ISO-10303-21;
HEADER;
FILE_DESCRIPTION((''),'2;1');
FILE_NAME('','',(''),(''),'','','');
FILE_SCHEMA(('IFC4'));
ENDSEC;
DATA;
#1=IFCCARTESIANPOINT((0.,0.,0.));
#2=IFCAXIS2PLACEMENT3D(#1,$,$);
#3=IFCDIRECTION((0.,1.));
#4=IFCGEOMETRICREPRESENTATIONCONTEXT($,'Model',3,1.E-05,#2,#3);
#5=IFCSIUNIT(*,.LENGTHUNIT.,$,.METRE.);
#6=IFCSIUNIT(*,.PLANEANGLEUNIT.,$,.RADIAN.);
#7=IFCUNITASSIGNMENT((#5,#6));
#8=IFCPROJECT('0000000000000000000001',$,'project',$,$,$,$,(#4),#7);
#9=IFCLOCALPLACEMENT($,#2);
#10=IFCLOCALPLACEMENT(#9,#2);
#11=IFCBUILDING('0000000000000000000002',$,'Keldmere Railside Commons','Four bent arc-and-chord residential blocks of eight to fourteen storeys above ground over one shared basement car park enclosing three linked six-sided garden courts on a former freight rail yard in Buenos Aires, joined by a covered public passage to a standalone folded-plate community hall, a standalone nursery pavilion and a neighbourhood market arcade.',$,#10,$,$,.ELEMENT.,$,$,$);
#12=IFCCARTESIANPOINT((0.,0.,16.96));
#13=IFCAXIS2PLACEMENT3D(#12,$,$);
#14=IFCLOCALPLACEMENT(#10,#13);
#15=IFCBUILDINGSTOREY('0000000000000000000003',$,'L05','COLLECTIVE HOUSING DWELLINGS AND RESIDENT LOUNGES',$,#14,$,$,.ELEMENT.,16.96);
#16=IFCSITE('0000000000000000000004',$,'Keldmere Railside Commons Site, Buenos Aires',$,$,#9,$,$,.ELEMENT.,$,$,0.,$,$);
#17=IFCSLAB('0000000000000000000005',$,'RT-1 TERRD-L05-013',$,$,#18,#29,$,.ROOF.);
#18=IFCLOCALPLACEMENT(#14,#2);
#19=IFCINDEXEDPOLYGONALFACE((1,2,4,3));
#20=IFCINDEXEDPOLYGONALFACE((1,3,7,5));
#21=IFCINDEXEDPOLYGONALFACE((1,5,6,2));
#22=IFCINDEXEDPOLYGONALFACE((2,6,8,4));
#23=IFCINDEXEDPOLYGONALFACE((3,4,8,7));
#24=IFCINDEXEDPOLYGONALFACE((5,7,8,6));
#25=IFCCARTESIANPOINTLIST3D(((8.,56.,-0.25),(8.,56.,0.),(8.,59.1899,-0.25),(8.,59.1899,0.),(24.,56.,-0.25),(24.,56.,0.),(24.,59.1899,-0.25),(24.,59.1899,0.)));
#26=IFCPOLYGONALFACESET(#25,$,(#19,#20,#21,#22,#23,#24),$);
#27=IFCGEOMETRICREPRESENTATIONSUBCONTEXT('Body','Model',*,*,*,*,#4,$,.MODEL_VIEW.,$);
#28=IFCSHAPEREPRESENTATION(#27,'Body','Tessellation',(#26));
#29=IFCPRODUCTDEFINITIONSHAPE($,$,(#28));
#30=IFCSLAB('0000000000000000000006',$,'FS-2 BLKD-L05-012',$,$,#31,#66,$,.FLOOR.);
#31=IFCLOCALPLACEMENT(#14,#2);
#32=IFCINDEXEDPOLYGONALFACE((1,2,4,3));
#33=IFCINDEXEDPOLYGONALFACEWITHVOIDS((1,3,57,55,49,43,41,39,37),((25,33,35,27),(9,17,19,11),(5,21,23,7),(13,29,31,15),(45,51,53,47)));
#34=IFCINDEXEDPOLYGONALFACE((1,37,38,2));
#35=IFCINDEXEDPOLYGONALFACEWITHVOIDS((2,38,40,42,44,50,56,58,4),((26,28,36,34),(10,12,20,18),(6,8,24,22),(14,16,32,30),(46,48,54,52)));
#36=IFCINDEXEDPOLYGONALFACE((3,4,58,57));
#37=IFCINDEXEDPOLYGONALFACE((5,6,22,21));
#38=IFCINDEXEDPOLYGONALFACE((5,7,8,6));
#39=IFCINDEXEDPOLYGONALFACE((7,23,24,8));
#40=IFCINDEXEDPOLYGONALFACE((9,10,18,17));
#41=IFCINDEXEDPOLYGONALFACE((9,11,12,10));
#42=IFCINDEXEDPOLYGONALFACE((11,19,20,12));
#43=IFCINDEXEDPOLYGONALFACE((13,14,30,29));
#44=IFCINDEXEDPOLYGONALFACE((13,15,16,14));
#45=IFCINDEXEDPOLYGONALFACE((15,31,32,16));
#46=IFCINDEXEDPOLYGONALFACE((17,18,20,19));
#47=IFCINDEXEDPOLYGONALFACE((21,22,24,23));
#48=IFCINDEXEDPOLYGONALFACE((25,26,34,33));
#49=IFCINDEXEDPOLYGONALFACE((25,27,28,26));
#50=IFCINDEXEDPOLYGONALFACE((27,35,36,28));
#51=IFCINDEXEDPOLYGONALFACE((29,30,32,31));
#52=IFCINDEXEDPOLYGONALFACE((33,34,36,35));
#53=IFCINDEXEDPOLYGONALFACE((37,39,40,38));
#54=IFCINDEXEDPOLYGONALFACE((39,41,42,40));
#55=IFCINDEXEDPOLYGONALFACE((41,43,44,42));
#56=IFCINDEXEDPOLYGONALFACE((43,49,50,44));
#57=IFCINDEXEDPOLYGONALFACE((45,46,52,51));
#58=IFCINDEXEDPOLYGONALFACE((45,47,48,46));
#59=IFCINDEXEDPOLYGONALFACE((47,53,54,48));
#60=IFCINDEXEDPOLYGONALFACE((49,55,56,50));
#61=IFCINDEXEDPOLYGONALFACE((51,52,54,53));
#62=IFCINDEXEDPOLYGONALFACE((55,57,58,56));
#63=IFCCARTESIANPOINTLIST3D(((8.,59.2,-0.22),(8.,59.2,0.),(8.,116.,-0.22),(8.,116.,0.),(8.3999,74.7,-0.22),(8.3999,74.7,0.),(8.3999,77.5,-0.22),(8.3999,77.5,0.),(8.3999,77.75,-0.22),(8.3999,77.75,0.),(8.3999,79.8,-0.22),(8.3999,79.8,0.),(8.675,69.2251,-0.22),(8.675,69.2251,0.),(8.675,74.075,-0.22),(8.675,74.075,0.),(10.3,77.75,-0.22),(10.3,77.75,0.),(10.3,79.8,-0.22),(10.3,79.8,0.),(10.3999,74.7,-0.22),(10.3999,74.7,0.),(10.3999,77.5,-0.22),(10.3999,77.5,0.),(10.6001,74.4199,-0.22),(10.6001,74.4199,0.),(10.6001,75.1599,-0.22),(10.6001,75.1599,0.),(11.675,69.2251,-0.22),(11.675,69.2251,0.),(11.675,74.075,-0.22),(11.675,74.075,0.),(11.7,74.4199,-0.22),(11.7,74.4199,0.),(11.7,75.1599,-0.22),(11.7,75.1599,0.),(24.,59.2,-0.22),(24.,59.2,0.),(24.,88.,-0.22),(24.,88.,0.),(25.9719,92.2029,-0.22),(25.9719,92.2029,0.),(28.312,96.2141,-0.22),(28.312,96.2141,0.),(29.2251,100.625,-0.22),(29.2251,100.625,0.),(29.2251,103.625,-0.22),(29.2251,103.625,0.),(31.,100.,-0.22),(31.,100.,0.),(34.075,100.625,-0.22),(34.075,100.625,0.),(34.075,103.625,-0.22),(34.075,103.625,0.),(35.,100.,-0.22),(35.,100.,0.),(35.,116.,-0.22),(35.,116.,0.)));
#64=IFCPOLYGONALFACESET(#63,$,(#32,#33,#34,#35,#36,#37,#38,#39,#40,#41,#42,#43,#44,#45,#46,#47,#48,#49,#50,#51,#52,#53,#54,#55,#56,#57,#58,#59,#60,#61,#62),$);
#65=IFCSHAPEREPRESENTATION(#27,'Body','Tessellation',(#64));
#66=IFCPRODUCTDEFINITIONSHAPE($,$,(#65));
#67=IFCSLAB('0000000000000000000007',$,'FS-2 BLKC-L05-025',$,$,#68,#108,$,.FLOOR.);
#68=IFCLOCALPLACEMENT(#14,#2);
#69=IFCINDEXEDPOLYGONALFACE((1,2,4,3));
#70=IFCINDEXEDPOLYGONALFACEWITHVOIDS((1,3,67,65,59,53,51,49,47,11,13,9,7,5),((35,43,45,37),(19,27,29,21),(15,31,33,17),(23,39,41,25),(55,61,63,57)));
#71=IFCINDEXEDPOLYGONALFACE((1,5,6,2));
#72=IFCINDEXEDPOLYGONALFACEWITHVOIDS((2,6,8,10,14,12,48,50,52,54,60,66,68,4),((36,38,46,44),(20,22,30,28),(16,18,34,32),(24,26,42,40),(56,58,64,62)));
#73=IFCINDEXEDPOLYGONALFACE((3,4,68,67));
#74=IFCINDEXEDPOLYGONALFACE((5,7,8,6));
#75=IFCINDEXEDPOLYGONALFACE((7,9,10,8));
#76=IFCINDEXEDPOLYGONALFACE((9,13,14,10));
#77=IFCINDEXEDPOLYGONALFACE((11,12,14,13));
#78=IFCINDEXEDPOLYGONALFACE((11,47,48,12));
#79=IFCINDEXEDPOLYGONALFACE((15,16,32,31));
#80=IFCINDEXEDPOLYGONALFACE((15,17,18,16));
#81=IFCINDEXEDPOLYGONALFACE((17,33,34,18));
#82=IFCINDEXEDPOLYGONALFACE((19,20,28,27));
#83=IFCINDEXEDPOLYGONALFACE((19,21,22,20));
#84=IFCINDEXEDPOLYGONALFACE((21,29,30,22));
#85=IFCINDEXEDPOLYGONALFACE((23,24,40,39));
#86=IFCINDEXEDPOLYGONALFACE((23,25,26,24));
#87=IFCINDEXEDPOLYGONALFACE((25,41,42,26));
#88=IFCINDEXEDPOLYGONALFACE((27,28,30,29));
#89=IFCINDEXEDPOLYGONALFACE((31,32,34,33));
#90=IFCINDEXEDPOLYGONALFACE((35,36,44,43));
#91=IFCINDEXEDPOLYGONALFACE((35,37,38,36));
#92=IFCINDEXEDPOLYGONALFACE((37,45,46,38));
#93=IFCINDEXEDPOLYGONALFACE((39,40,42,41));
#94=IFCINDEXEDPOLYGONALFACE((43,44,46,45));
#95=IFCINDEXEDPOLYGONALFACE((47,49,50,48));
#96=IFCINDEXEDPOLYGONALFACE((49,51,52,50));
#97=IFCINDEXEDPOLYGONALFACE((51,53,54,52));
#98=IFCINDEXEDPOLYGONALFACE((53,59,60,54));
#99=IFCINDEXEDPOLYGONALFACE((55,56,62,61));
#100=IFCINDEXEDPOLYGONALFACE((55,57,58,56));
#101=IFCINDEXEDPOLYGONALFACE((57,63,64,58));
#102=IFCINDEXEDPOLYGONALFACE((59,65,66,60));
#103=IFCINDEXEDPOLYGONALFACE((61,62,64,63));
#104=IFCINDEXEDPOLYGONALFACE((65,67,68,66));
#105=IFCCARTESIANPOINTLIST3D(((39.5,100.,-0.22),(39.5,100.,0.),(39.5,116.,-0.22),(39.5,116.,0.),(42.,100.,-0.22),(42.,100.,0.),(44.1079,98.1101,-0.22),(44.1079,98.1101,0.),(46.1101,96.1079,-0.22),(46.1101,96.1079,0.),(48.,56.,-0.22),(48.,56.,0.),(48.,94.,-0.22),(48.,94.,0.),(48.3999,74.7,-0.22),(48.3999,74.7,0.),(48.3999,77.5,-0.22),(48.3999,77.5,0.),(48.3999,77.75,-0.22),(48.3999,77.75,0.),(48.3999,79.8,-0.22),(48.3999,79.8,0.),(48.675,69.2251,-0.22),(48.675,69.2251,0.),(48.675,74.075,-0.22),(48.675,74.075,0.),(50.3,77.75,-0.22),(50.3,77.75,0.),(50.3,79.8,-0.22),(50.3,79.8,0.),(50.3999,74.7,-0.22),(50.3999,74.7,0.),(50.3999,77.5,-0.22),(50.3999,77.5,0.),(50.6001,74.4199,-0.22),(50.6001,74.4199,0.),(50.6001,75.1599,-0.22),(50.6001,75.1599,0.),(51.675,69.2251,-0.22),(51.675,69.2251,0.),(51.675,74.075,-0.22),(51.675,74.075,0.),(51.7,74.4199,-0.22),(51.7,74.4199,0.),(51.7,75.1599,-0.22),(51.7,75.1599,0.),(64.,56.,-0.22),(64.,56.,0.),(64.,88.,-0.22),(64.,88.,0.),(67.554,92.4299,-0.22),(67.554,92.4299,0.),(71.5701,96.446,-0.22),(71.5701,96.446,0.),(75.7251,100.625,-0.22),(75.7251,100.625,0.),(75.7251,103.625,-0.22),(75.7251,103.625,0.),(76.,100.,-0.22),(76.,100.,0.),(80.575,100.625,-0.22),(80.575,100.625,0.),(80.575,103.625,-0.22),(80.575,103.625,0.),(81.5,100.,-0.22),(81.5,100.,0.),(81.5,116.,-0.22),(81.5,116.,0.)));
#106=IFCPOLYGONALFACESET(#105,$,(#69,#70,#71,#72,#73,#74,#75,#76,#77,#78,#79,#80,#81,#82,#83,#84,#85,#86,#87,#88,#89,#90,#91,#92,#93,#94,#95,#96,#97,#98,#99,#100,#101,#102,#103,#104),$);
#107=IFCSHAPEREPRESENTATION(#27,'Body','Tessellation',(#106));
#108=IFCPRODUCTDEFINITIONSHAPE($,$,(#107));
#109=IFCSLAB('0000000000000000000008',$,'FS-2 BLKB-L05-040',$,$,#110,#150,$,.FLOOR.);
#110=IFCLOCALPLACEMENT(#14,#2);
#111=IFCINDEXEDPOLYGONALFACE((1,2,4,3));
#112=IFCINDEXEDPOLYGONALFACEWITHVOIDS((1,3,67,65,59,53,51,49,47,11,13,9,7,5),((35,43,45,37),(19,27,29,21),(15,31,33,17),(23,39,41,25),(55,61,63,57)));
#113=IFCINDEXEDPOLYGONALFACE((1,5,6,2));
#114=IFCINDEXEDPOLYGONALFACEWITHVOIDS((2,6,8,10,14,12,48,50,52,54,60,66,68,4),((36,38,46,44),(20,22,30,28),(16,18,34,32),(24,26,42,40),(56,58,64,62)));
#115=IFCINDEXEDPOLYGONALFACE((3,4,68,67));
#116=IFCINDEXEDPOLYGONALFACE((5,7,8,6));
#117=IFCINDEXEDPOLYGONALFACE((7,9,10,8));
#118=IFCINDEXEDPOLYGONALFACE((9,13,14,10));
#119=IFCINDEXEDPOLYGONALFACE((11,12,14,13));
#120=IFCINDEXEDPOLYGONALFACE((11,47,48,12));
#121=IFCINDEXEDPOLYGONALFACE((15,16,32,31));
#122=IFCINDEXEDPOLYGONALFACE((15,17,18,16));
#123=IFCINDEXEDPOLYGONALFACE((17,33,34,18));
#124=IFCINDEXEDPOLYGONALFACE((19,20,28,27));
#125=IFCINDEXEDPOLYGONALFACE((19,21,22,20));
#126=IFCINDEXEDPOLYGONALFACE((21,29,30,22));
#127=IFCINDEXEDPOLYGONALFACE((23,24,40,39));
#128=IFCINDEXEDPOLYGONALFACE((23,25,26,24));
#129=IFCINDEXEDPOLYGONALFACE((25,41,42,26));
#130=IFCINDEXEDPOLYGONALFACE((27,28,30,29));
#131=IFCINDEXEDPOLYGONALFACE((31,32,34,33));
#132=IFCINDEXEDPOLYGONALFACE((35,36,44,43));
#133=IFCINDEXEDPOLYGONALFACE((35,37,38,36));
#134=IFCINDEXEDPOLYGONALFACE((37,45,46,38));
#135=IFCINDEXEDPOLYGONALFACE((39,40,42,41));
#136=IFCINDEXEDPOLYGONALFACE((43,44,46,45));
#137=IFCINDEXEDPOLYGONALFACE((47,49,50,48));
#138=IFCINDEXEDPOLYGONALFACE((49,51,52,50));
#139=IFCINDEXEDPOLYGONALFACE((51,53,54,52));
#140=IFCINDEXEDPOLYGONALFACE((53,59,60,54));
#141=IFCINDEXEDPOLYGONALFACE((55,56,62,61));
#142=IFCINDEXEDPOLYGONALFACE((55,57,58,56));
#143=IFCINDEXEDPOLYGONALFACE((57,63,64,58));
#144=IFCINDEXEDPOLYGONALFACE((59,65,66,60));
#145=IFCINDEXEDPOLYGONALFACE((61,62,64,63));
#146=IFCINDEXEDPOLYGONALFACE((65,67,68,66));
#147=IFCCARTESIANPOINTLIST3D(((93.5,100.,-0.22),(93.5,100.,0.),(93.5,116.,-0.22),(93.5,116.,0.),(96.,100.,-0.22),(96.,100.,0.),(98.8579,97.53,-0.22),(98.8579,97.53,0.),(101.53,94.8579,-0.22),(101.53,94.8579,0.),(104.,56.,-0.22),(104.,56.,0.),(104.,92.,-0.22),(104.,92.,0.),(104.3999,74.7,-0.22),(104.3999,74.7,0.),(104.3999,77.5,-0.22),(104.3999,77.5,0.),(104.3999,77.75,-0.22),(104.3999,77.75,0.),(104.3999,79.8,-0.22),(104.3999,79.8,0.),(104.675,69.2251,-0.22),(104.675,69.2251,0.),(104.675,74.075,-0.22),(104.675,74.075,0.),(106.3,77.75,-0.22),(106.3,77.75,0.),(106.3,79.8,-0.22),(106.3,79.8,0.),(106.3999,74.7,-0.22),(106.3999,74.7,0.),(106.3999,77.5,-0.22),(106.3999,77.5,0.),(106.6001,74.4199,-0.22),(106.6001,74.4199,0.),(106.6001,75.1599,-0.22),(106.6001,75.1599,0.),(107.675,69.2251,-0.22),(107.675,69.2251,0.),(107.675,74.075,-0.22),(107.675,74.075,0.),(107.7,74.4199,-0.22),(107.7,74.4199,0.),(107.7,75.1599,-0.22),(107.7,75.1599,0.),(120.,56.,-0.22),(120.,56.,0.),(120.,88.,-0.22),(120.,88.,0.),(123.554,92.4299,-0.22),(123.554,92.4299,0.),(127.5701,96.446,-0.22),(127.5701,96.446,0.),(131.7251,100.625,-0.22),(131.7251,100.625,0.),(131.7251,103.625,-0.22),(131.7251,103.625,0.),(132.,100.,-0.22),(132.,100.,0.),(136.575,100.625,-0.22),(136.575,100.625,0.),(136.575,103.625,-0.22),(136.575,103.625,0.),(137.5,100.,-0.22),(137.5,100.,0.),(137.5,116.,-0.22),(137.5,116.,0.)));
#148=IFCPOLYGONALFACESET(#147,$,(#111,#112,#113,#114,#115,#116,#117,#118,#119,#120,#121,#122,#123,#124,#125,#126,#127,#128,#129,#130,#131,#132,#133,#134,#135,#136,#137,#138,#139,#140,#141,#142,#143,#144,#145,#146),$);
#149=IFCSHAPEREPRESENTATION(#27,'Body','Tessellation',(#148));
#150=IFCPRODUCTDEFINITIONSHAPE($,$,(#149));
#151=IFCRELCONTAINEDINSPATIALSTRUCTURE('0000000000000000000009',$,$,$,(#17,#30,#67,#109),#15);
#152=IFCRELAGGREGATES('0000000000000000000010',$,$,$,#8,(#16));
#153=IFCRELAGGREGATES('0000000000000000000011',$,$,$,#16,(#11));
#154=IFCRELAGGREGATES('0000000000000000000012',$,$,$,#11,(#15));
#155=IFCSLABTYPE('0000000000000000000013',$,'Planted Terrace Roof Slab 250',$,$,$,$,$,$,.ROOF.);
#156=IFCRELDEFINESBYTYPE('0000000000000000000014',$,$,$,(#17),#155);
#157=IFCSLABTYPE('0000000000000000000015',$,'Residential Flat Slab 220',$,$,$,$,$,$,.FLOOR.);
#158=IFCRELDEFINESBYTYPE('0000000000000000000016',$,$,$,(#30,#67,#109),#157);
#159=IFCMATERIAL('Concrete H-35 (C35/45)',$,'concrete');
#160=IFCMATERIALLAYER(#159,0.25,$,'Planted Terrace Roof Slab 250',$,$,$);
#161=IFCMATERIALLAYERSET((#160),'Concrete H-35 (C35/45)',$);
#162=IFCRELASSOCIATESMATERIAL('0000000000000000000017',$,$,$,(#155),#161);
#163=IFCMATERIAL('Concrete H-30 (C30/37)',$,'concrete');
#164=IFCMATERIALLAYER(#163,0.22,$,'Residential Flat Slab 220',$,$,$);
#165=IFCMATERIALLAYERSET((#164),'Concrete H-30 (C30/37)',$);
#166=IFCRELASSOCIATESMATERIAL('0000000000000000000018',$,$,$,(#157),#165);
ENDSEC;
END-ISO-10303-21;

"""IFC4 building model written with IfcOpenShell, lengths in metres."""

from ifc_helpers import new_model, si_unit, direction, frame, origin, place, context, subcontext, project, spatial, polyline, outline, extrude, material, layer, layer_set, type_object, element, save


model = new_model("IFC4")

# Units and contexts
model_context = context("Model", 3, precision=1e-05, world=origin(), true_north=direction((0.0, 1.0)))
body_context = subcontext(model_context, "Body", "Model", "MODEL_VIEW")
ifc_project = project(units=[si_unit("LENGTHUNIT", "METRE"), si_unit("PLANEANGLEUNIT", "RADIAN")], contexts=[model_context])

# Site, building, storey
site_placement = place(None, origin())
site = spatial("IfcSite", under=ifc_project, at=site_placement, Name="Keldmere Railside Commons Site, Buenos Aires", CompositionType="ELEMENT", RefElevation=0.0)
building_placement = place(site_placement, origin())
building = spatial("IfcBuilding", under=site, at=building_placement, Name="Keldmere Railside Commons", Description="Four bent arc-and-chord residential blocks of eight to fourteen storeys above ground over one shared basement car park enclosing three linked six-sided garden courts on a former freight rail yard in Buenos Aires, joined by a covered public passage to a standalone folded-plate community hall, a standalone nursery pavilion and a neighbourhood market arcade.", CompositionType="ELEMENT")
storey_placement = place(building_placement, frame((0.0, 0.0, 16.96)))
storey = spatial("IfcBuildingStorey", under=building, at=storey_placement, Name="L05", Description="COLLECTIVE HOUSING DWELLINGS AND RESIDENT LOUNGES", CompositionType="ELEMENT", Elevation=16.96)

# Slabs
ifc_material_1 = material(Name="Concrete H-35 (C35/45)", Category="concrete")
ifc_layer_1 = layer(ifc_material_1, 0.25, Name="Planted Terrace Roof Slab 250")
ifc_layer_set_1 = layer_set([ifc_layer_1], Name="Concrete H-35 (C35/45)")
slab_type_1 = type_object("IfcSlabType", Name="Planted Terrace Roof Slab 250", PredefinedType="ROOF", material=ifc_layer_set_1)
slab_1_placement = place(storey_placement, frame((0.0, 0.0, -0.25)))
element("IfcSlab", 1, at=slab_1_placement, inside=storey, type_object=slab_type_1, Name="RT-1 TERRD-L05-013", PredefinedType="ROOF", context=body_context, shape_type="SweptSolid", body=[
    extrude(outline(polyline([(24.0, 56.0), (24.0, 59.1899), (8.0, 59.1899), (8.0, 56.0), (24.0, 56.0)])), origin(), (0.0, 0.0, 1.0), 0.25),
])
ifc_material_2 = material(Name="Concrete H-30 (C30/37)", Category="concrete")
ifc_layer_2 = layer(ifc_material_2, 0.22, Name="Residential Flat Slab 220")
ifc_layer_set_2 = layer_set([ifc_layer_2], Name="Concrete H-30 (C30/37)")
slab_type_2 = type_object("IfcSlabType", Name="Residential Flat Slab 220", PredefinedType="FLOOR", material=ifc_layer_set_2)
slab_2_placement = place(storey_placement, frame((0.0, 0.0, -0.22)))
element("IfcSlab", 2, at=slab_2_placement, inside=storey, type_object=slab_type_2, Name="FS-2 BLKD-L05-012", PredefinedType="FLOOR", context=body_context, shape_type="SweptSolid", body=[
    extrude(outline(polyline([(8.0, 59.2), (24.0, 59.2), (24.0, 88.0), (25.9719, 92.2029), (28.312, 96.2141), (31.0, 100.0), (35.0, 100.0), (35.0, 116.0), (8.0, 116.0), (8.0, 59.2)]), holes=[polyline([(11.675, 69.2251), (8.675, 69.2251), (8.675, 74.075), (11.675, 74.075), (11.675, 69.2251)]), polyline([(11.7, 74.4199), (10.6001, 74.4199), (10.6001, 75.1599), (11.7, 75.1599), (11.7, 74.4199)]), polyline([(8.3999, 74.7), (8.3999, 77.5), (10.3999, 77.5), (10.3999, 74.7), (8.3999, 74.7)]), polyline([(10.3, 77.75), (8.3999, 77.75), (8.3999, 79.8), (10.3, 79.8), (10.3, 77.75)]), polyline([(29.2251, 103.625), (34.075, 103.625), (34.075, 100.625), (29.2251, 100.625), (29.2251, 103.625)])]), origin(), (0.0, 0.0, 1.0), 0.22),
])
slab_3_placement = place(storey_placement, frame((0.0, 0.0, -0.22)))
element("IfcSlab", 3, at=slab_3_placement, inside=storey, type_object=slab_type_2, Name="FS-2 BLKC-L05-025", PredefinedType="FLOOR", context=body_context, shape_type="SweptSolid", body=[
    extrude(outline(polyline([(48.0, 56.0), (64.0, 56.0), (64.0, 88.0), (67.554, 92.4299), (71.5701, 96.446), (76.0, 100.0), (81.5, 100.0), (81.5, 116.0), (39.5, 116.0), (39.5, 100.0), (42.0, 100.0), (44.1079, 98.1101), (46.1101, 96.1079), (48.0, 94.0), (48.0, 56.0)]), holes=[polyline([(51.675, 69.2251), (48.675, 69.2251), (48.675, 74.075), (51.675, 74.075), (51.675, 69.2251)]), polyline([(50.6001, 74.4199), (50.6001, 75.1599), (51.7, 75.1599), (51.7, 74.4199), (50.6001, 74.4199)]), polyline([(50.3999, 74.7), (48.3999, 74.7), (48.3999, 77.5), (50.3999, 77.5), (50.3999, 74.7)]), polyline([(50.3, 77.75), (48.3999, 77.75), (48.3999, 79.8), (50.3, 79.8), (50.3, 77.75)]), polyline([(75.7251, 103.625), (80.575, 103.625), (80.575, 100.625), (75.7251, 100.625), (75.7251, 103.625)])]), origin(), (0.0, 0.0, 1.0), 0.22),
])
slab_4_placement = place(storey_placement, frame((0.0, 0.0, -0.22)))
element("IfcSlab", 4, at=slab_4_placement, inside=storey, type_object=slab_type_2, Name="FS-2 BLKB-L05-040", PredefinedType="FLOOR", context=body_context, shape_type="SweptSolid", body=[
    extrude(outline(polyline([(104.0, 56.0), (120.0, 56.0), (120.0, 88.0), (123.554, 92.4299), (127.5701, 96.446), (132.0, 100.0), (137.5, 100.0), (137.5, 116.0), (93.5, 116.0), (93.5, 100.0), (96.0, 100.0), (98.8579, 97.53), (101.53, 94.8579), (104.0, 92.0), (104.0, 56.0)]), holes=[polyline([(107.675, 69.2251), (104.675, 69.2251), (104.675, 74.075), (107.675, 74.075), (107.675, 69.2251)]), polyline([(107.7, 74.4199), (106.6001, 74.4199), (106.6001, 75.1599), (107.7, 75.1599), (107.7, 74.4199)]), polyline([(104.3999, 74.7), (104.3999, 77.5), (106.3999, 77.5), (106.3999, 74.7), (104.3999, 74.7)]), polyline([(106.3, 77.75), (104.3999, 77.75), (104.3999, 79.8), (106.3, 79.8), (106.3, 77.75)]), polyline([(131.7251, 103.625), (136.575, 103.625), (136.575, 100.625), (131.7251, 100.625), (131.7251, 103.625)])]), origin(), (0.0, 0.0, 1.0), 0.22),
])

save(model, "model.ifc")
